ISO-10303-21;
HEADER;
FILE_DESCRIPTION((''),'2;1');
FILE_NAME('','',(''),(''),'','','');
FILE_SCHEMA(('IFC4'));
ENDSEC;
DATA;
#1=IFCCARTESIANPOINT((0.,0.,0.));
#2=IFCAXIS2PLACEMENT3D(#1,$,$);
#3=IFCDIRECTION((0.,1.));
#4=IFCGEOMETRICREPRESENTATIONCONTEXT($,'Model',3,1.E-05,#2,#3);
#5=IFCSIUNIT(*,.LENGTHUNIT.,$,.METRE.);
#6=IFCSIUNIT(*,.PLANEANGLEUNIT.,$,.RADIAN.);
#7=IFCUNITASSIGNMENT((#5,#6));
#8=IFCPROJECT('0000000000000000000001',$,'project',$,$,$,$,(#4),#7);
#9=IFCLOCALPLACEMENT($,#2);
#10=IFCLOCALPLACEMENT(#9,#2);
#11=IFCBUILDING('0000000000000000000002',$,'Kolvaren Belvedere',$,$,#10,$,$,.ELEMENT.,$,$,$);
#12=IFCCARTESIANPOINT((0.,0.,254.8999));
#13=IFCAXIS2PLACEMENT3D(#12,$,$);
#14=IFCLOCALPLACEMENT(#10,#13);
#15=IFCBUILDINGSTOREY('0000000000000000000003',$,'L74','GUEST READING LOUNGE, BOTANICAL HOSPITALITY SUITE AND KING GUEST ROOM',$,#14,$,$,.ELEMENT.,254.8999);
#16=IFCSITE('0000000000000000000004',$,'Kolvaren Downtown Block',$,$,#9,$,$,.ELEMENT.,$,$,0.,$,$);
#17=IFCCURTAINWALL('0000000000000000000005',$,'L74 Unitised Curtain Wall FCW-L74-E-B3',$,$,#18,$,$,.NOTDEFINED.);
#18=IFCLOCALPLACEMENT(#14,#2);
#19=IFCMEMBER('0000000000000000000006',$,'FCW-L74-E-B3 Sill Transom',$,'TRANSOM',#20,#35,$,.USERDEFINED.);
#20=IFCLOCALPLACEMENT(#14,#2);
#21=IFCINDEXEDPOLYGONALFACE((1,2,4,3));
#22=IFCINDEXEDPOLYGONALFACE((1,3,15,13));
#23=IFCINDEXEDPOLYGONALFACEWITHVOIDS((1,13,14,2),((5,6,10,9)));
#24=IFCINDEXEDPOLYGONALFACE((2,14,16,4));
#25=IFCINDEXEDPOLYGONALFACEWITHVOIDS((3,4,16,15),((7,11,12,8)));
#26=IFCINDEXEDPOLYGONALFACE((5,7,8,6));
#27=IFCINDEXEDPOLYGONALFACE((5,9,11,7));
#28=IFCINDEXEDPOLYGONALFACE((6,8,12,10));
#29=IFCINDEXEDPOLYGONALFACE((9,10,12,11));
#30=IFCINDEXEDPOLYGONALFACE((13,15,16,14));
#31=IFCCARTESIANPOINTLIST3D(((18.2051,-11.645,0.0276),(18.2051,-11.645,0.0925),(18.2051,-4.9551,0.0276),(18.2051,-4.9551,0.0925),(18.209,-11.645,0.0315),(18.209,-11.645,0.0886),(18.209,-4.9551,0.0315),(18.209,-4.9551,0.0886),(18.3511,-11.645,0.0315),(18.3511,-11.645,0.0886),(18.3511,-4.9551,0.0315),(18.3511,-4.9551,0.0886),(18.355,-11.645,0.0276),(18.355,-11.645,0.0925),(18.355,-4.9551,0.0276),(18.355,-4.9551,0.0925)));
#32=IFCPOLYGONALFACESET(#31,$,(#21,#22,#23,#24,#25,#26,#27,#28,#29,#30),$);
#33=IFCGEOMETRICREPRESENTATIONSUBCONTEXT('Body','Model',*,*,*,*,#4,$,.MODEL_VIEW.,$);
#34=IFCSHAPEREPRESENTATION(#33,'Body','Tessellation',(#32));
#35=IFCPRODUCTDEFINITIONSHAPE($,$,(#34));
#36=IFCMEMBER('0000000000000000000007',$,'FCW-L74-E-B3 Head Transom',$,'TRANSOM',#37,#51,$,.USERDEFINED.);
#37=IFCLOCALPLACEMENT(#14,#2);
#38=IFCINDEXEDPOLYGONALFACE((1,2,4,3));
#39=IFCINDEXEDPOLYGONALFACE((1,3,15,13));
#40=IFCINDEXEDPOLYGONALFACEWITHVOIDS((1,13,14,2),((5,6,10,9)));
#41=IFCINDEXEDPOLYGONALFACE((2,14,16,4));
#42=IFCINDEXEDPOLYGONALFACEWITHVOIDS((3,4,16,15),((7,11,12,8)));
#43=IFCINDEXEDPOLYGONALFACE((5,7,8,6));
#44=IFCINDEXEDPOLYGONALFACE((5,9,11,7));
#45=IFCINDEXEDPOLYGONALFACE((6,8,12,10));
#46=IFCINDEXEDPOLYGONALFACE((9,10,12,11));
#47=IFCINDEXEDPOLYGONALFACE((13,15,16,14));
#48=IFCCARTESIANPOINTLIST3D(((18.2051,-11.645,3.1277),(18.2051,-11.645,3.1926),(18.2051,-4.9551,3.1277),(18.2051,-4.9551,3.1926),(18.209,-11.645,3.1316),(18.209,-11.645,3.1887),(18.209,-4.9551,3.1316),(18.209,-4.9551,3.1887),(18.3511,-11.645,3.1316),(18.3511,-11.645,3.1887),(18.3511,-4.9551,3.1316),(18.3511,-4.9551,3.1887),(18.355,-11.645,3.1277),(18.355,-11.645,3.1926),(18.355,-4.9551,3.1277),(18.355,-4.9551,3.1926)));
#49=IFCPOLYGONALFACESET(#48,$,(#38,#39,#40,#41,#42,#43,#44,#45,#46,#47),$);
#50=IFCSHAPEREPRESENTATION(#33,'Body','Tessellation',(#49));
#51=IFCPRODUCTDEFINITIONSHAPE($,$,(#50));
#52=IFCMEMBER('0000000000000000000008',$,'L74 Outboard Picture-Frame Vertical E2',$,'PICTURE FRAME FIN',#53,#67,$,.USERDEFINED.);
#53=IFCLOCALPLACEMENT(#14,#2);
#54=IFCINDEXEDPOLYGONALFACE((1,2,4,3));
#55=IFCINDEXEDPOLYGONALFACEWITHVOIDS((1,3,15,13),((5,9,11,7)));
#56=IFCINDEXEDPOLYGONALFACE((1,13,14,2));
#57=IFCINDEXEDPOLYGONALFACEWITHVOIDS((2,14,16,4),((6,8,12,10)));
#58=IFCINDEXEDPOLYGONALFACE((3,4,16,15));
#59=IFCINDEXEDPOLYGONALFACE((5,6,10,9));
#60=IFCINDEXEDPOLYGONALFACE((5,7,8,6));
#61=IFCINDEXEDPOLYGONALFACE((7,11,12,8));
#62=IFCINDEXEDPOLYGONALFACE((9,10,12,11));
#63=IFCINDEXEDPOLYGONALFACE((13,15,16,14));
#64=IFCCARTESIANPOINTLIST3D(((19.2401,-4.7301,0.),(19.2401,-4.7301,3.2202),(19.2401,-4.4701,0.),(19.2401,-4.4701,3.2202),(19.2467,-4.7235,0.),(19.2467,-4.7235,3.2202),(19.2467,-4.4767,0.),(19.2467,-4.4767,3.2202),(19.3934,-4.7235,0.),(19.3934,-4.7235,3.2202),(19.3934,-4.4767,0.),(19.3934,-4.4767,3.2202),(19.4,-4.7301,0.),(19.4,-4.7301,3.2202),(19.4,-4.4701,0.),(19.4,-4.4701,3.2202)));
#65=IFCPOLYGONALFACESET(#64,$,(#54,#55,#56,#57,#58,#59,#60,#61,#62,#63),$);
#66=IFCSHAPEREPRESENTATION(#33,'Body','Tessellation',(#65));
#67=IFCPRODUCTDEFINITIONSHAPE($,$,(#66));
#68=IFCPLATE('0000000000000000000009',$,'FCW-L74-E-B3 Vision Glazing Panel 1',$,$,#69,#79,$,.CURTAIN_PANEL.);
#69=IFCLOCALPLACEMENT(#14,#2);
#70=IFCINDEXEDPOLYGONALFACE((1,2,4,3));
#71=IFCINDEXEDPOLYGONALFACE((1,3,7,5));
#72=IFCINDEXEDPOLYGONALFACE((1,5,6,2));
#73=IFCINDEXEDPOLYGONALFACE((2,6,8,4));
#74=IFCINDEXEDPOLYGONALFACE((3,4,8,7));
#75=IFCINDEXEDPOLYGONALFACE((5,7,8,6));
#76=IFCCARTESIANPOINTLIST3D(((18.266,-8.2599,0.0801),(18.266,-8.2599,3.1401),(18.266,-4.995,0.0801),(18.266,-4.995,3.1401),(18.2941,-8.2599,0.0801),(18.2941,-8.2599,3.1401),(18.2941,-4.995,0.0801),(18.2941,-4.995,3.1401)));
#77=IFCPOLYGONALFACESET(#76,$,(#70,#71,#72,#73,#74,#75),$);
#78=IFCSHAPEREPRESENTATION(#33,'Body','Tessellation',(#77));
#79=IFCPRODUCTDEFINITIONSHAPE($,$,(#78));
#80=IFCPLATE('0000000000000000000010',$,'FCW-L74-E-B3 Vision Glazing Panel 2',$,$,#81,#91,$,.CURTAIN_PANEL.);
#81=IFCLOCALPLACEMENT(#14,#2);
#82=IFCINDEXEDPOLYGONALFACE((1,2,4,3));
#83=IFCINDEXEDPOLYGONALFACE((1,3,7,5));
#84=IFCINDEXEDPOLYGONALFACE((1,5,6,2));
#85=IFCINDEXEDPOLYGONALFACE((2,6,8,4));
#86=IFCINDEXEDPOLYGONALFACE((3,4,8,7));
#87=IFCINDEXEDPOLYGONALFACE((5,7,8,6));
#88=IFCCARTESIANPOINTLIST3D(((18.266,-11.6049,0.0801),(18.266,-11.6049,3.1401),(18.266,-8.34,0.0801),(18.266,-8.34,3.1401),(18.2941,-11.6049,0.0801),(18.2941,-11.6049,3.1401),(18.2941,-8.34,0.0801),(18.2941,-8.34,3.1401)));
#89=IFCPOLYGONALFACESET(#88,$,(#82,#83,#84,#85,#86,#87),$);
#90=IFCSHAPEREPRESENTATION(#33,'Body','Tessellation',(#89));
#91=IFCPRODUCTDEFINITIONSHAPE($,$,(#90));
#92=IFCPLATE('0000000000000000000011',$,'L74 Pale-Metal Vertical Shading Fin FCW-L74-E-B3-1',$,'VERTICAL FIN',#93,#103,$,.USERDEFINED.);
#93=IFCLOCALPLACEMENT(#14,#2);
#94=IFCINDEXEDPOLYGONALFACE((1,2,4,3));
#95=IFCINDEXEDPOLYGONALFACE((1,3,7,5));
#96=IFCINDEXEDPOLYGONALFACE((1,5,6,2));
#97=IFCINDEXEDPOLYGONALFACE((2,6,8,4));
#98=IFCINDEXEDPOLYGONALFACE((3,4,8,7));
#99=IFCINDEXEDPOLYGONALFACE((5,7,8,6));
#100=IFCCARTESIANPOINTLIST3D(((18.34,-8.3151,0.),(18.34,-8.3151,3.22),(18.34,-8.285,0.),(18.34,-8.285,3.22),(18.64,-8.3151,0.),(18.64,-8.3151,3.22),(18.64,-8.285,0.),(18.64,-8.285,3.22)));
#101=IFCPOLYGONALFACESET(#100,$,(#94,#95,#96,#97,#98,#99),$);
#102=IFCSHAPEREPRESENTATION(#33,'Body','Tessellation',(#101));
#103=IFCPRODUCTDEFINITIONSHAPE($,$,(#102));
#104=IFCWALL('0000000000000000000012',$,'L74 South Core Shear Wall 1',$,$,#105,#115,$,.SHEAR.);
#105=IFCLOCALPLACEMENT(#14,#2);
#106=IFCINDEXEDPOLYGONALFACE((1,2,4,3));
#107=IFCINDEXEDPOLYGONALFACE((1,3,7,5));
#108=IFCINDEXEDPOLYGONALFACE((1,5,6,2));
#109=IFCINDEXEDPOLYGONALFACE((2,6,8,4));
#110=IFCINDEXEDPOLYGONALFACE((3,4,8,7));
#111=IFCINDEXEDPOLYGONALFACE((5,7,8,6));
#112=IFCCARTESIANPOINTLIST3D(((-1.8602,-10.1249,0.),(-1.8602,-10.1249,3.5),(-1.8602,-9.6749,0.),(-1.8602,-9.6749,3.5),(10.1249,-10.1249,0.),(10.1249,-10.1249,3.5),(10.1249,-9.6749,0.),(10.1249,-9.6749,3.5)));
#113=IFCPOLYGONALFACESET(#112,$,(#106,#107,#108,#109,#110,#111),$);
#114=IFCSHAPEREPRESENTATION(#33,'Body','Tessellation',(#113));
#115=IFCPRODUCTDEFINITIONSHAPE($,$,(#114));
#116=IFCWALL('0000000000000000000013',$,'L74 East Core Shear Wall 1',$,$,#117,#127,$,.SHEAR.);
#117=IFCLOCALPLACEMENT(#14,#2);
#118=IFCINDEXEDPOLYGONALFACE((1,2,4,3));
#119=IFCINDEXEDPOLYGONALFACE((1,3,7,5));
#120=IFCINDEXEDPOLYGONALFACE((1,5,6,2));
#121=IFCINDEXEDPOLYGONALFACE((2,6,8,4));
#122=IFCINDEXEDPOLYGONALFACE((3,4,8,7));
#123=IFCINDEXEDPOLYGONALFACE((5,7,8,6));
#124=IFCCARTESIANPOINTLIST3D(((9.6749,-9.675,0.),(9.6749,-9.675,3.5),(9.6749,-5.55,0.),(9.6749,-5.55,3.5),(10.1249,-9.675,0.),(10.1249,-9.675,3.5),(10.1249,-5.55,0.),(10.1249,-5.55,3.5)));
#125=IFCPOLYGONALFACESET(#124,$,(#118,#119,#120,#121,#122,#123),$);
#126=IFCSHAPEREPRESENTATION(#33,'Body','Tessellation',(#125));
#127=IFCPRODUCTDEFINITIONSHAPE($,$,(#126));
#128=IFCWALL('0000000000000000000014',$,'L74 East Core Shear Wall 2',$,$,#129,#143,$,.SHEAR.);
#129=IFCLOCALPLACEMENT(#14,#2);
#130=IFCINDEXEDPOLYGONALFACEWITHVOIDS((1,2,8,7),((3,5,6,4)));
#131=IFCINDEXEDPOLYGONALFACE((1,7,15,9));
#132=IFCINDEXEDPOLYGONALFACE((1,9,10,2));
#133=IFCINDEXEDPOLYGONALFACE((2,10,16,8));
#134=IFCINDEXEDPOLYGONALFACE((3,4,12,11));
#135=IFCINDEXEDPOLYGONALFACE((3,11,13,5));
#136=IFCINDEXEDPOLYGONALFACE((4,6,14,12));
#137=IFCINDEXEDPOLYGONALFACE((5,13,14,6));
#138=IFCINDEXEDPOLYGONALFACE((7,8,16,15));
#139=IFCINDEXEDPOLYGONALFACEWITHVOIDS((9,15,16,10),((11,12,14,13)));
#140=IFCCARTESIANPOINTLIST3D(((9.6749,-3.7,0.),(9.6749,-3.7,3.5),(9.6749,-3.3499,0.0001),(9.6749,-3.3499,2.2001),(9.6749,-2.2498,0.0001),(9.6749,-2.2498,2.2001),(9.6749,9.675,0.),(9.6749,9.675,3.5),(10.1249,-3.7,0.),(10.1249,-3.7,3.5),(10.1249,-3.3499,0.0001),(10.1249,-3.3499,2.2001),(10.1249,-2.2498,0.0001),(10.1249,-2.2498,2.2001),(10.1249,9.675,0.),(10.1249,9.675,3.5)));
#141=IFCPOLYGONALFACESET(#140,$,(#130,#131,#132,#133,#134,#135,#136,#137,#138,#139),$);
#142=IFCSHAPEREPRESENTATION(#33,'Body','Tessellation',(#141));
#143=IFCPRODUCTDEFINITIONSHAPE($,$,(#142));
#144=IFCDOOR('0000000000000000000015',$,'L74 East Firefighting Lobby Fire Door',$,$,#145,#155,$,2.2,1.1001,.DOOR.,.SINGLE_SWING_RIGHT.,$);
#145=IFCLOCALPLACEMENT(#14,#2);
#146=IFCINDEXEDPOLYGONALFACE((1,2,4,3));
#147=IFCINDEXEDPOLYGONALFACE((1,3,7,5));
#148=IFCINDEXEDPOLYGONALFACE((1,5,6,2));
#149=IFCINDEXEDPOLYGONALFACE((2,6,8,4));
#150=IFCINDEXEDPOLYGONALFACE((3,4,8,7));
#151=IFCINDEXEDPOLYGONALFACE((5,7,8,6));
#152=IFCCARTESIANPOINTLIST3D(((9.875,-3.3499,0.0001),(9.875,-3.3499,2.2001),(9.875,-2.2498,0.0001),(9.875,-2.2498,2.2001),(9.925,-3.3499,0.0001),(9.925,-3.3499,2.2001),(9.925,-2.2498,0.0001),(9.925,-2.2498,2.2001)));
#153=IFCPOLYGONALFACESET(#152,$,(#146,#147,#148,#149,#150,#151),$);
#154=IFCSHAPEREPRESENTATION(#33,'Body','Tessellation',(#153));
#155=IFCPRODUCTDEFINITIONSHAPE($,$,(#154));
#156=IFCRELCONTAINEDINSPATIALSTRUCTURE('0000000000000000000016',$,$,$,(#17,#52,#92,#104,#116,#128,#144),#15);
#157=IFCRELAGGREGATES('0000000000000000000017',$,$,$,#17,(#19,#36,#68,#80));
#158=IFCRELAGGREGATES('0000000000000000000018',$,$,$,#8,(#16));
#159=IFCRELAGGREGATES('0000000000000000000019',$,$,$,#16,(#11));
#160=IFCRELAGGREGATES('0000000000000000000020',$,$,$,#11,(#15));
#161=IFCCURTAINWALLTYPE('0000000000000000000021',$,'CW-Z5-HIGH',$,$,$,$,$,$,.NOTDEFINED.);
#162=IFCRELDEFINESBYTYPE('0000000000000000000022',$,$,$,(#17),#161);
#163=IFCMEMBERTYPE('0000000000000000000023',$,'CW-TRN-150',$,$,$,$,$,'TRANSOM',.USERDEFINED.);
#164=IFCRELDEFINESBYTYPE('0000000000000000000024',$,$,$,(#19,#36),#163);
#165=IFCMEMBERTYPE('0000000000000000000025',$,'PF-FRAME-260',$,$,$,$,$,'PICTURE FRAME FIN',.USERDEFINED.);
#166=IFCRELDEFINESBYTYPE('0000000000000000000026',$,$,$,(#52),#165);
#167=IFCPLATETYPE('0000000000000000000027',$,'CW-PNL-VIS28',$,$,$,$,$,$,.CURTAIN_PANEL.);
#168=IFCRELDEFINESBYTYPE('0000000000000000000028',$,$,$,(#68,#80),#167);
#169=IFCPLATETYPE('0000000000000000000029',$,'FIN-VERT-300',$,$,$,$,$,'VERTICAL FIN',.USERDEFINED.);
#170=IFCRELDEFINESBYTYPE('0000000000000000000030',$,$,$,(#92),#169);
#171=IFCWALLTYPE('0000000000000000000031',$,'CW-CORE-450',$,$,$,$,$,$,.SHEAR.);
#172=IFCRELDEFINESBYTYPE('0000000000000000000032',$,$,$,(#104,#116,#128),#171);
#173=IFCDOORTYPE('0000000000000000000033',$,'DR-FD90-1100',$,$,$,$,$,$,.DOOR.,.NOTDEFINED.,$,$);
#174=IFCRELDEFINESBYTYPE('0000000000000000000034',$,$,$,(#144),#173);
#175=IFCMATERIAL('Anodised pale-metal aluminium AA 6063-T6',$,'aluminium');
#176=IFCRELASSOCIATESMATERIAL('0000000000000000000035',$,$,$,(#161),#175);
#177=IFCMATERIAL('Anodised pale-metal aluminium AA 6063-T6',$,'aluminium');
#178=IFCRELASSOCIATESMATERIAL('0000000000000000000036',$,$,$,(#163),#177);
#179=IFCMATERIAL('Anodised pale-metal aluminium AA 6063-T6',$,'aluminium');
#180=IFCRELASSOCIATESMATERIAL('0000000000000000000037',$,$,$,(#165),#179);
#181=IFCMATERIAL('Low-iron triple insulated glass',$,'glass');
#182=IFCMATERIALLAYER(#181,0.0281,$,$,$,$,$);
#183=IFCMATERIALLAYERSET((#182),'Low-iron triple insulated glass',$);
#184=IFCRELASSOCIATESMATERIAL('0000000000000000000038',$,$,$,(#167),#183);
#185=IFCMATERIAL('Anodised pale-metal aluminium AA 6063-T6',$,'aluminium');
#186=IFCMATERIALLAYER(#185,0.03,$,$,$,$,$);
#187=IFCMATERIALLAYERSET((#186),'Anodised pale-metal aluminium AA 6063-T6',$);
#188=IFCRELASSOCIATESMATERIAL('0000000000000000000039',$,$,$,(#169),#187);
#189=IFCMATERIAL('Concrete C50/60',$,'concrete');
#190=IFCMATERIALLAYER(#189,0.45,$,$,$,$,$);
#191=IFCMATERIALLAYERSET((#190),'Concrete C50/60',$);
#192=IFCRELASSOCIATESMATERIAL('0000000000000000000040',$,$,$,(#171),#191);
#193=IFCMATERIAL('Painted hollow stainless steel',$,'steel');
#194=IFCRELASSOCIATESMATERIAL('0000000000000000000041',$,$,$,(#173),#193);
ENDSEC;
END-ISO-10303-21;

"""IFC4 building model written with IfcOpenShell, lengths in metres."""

from ifc_helpers import new_model, si_unit, direction, frame, frame_2d, origin, origin_2d, place, context, subcontext, project, spatial, rectangle, hollow_rectangle, extrude, material, layer, layer_set, material_profile, profile_set, type_object, element, fill, aggregate, save


model = new_model("IFC4")

# Units and contexts
model_context = context("Model", 3, precision=1e-05, world=origin(), true_north=direction((0.0, 1.0)))
body_context = subcontext(model_context, "Body", "Model", "MODEL_VIEW")
ifc_project = project(units=[si_unit("LENGTHUNIT", "METRE"), si_unit("PLANEANGLEUNIT", "RADIAN")], contexts=[model_context])

# Site, building, storey
site_placement = place(None, origin())
site = spatial("IfcSite", under=ifc_project, at=site_placement, Name="Kolvaren Downtown Block", CompositionType="ELEMENT", RefElevation=0.0)
building_placement = place(site_placement, origin())
building = spatial("IfcBuilding", under=site, at=building_placement, Name="Kolvaren Belvedere", CompositionType="ELEMENT")
storey_placement = place(building_placement, frame((0.0, 0.0, 254.8999)))
storey = spatial("IfcBuildingStorey", under=building, at=storey_placement, Name="L74", Description="GUEST READING LOUNGE, BOTANICAL HOSPITALITY SUITE AND KING GUEST ROOM", CompositionType="ELEMENT", Elevation=254.8999)

# Shared definitions
ifc_material_1 = material(Name="Anodised pale-metal aluminium AA 6063-T6", Category="aluminium")
curtain_wall_type = type_object("IfcCurtainWallType", Name="CW-Z5-HIGH", PredefinedType="NOTDEFINED", material=ifc_material_1)

# Curtain wall, members
curtain_wall_1_placement = place(storey_placement, origin())
curtain_wall_1 = element("IfcCurtainWall", 1, at=curtain_wall_1_placement, inside=storey, type_object=curtain_wall_type, Name="L74 Unitised Curtain Wall FCW-L74-E-B3", PredefinedType="NOTDEFINED")
ifc_material_2 = material(Name="Anodised pale-metal aluminium AA 6063-T6", Category="aluminium")
ifc_material_profile_1 = material_profile(ifc_material_2, hollow_rectangle(XDim=0.0649, YDim=0.1499, WallThickness=0.0039, at=origin_2d()), Name="ALU-TRN-150X65")
ifc_profile_set_1 = profile_set([ifc_material_profile_1], Name="Anodised pale-metal aluminium AA 6063-T6")
member_type_1 = type_object("IfcMemberType", Name="CW-TRN-150", ElementType="TRANSOM", PredefinedType="USERDEFINED", material=ifc_profile_set_1)
member_1_placement = place(storey_placement, frame((18.28, -4.9551, 0.0601), z_axis=(0.0, -1.0, 0.0), x_axis=(0.0, 0.0, 1.0)))
member_1 = element("IfcMember", 2, at=member_1_placement, type_object=member_type_1, Name="FCW-L74-E-B3 Sill Transom", ObjectType="TRANSOM", PredefinedType="USERDEFINED", context=body_context, shape_type="SweptSolid", body=[
    extrude(hollow_rectangle(XDim=0.0649, YDim=0.1499, WallThickness=0.0039, at=origin_2d()), origin(), (0.0, 0.0, 1.0), 6.6899),
])
member_2_placement = place(storey_placement, frame((18.28, -4.9551, 3.1602), z_axis=(0.0, -1.0, 0.0), x_axis=(0.0, 0.0, 1.0)))
member_2 = element("IfcMember", 3, at=member_2_placement, type_object=member_type_1, Name="FCW-L74-E-B3 Head Transom", ObjectType="TRANSOM", PredefinedType="USERDEFINED", context=body_context, shape_type="SweptSolid", body=[
    extrude(hollow_rectangle(XDim=0.0649, YDim=0.1499, WallThickness=0.0039, at=origin_2d()), origin(), (0.0, 0.0, 1.0), 6.6899),
])

# Member
ifc_material_3 = material(Name="Anodised pale-metal aluminium AA 6063-T6", Category="aluminium")
ifc_material_profile_2 = material_profile(ifc_material_3, hollow_rectangle(XDim=0.1599, YDim=0.26, WallThickness=0.0066, at=origin_2d()), Name="ALU-PF-260X160")
ifc_profile_set_2 = profile_set([ifc_material_profile_2], Name="Anodised pale-metal aluminium AA 6063-T6")
member_type_2 = type_object("IfcMemberType", Name="PF-FRAME-260", ElementType="PICTURE FRAME FIN", PredefinedType="USERDEFINED", material=ifc_profile_set_2)
member_3_placement = place(storey_placement, frame((19.3201, -4.6001, 0.0), z_axis=(0.0, 0.0, 1.0), x_axis=(1.0, 0.0, 0.0)))
element("IfcMember", 4, at=member_3_placement, inside=storey, type_object=member_type_2, Name="L74 Outboard Picture-Frame Vertical E2", ObjectType="PICTURE FRAME FIN", PredefinedType="USERDEFINED", context=body_context, shape_type="SweptSolid", body=[
    extrude(hollow_rectangle(XDim=0.1599, YDim=0.26, WallThickness=0.0066, at=origin_2d()), origin(), (0.0, 0.0, 1.0), 3.2202),
])

# Plates
ifc_material_4 = material(Name="Low-iron triple insulated glass", Category="glass")
ifc_layer_1 = layer(ifc_material_4, 0.0281)
ifc_layer_set_1 = layer_set([ifc_layer_1], Name="Low-iron triple insulated glass")
plate_type_1 = type_object("IfcPlateType", Name="CW-PNL-VIS28", PredefinedType="CURTAIN_PANEL", material=ifc_layer_set_1)
plate_1_placement = place(storey_placement, frame((18.28, -6.6274, 0.0801), z_axis=(0.0, 0.0, 1.0), x_axis=(0.0, -1.0, 0.0)))
plate_1 = element("IfcPlate", 5, at=plate_1_placement, type_object=plate_type_1, Name="FCW-L74-E-B3 Vision Glazing Panel 1", PredefinedType="CURTAIN_PANEL", context=body_context, shape_type="SweptSolid", body=[
    extrude(rectangle(XDim=3.2649, YDim=0.0281, at=origin_2d()), origin(), (0.0, 0.0, 1.0), 3.0601),
])
plate_2_placement = place(storey_placement, frame((18.28, -9.9724, 0.0801), z_axis=(0.0, 0.0, 1.0), x_axis=(0.0, -1.0, 0.0)))
plate_2 = element("IfcPlate", 6, at=plate_2_placement, type_object=plate_type_1, Name="FCW-L74-E-B3 Vision Glazing Panel 2", PredefinedType="CURTAIN_PANEL", context=body_context, shape_type="SweptSolid", body=[
    extrude(rectangle(XDim=3.2649, YDim=0.0281, at=origin_2d()), origin(), (0.0, 0.0, 1.0), 3.0601),
])
aggregate(curtain_wall_1, [member_1, member_2, plate_1, plate_2])
ifc_material_5 = material(Name="Anodised pale-metal aluminium AA 6063-T6", Category="aluminium")
ifc_layer_2 = layer(ifc_material_5, 0.03)
ifc_layer_set_2 = layer_set([ifc_layer_2], Name="Anodised pale-metal aluminium AA 6063-T6")
plate_type_2 = type_object("IfcPlateType", Name="FIN-VERT-300", ElementType="VERTICAL FIN", PredefinedType="USERDEFINED", material=ifc_layer_set_2)
plate_3_placement = place(storey_placement, frame((18.49, -8.3, 0.0), z_axis=(0.0, 0.0, 1.0), x_axis=(1.0, 0.0, 0.0)))
element("IfcPlate", 7, at=plate_3_placement, inside=storey, type_object=plate_type_2, Name="L74 Pale-Metal Vertical Shading Fin FCW-L74-E-B3-1", ObjectType="VERTICAL FIN", PredefinedType="USERDEFINED", context=body_context, shape_type="SweptSolid", body=[
    extrude(rectangle(XDim=0.3, YDim=0.03, at=origin_2d()), origin(), (0.0, 0.0, 1.0), 3.22),
])

# Walls
ifc_material_6 = material(Name="Concrete C50/60", Category="concrete")
ifc_layer_3 = layer(ifc_material_6, 0.45)
ifc_layer_set_3 = layer_set([ifc_layer_3], Name="Concrete C50/60")
wall_type_1 = type_object("IfcWallType", Name="CW-CORE-450", PredefinedType="SHEAR", material=ifc_layer_set_3)
wall_1_placement = place(storey_placement, frame((10.125, -9.8999, 0.0), z_axis=(0.0, 0.0, 1.0), x_axis=(-1.0, 0.0, 0.0)))
element("IfcWall", 8, at=wall_1_placement, inside=storey, type_object=wall_type_1, Name="L74 South Core Shear Wall 1", PredefinedType="SHEAR", context=body_context, shape_type="SweptSolid", body=[
    extrude(rectangle(XDim=11.9851, YDim=0.45, at=frame_2d((5.9927, 0.0))), origin(), (0.0, 0.0, 1.0), 3.5),
])
wall_2_placement = place(storey_placement, frame((9.8999, -9.675, 0.0), z_axis=(0.0, 0.0, 1.0), x_axis=(0.0, 1.0, 0.0)))
element("IfcWall", 9, at=wall_2_placement, inside=storey, type_object=wall_type_1, Name="L74 East Core Shear Wall 1", PredefinedType="SHEAR", context=body_context, shape_type="SweptSolid", body=[
    extrude(rectangle(XDim=4.125, YDim=0.45, at=frame_2d((2.0625, 0.0))), origin(), (0.0, 0.0, 1.0), 3.5),
])

# Wall, opening, door
wall_3_placement = place(storey_placement, frame((9.8999, -3.7, 0.0), z_axis=(0.0, 0.0, 1.0), x_axis=(0.0, 1.0, 0.0)))
wall_3 = element("IfcWall", 10, at=wall_3_placement, inside=storey, type_object=wall_type_1, Name="L74 East Core Shear Wall 2", PredefinedType="SHEAR", context=body_context, shape_type="SweptSolid", body=[
    extrude(rectangle(XDim=13.375, YDim=0.45, at=frame_2d((6.6875, 0.0))), origin(), (0.0, 0.0, 1.0), 3.5),
])
opening_1_placement = place(wall_3_placement, frame((0.3501, 0.0, 0.0)))
opening_1 = element("IfcOpeningElement", 11, at=opening_1_placement, cuts=wall_3, PredefinedType="OPENING", context=body_context, shape_type="SweptSolid", body=[
    extrude(rectangle(XDim=1.1001, YDim=2.2, at=frame_2d((0.55, 1.1001))), frame((0.0, 0.2349, 0.0), z_axis=(0.0, -1.0, 0.0), x_axis=(1.0, 0.0, 0.0)), (0.0, 0.0, 1.0), 0.47),
])
ifc_material_7 = material(Name="Painted hollow stainless steel", Category="steel")
door_type_1 = type_object("IfcDoorType", Name="DR-FD90-1100", OperationType="NOTDEFINED", PredefinedType="DOOR", material=ifc_material_7)
door_1_placement = place(opening_1_placement, origin())
door_1 = element("IfcDoor", 12, at=door_1_placement, inside=storey, type_object=door_type_1, Name="L74 East Firefighting Lobby Fire Door", OperationType="SINGLE_SWING_RIGHT", OverallHeight=2.2, OverallWidth=1.1001, PredefinedType="DOOR", context=body_context, shape_type="SweptSolid", body=[
    extrude(rectangle(XDim=1.1001, YDim=2.2, at=frame_2d((0.55, 1.1001))), frame((0.0, 0.0249, 0.0), z_axis=(0.0, -1.0, 0.0), x_axis=(1.0, 0.0, 0.0)), (0.0, 0.0, 1.0), 0.05),
])
fill(opening_1, door_1)

save(model, "model.ifc")
